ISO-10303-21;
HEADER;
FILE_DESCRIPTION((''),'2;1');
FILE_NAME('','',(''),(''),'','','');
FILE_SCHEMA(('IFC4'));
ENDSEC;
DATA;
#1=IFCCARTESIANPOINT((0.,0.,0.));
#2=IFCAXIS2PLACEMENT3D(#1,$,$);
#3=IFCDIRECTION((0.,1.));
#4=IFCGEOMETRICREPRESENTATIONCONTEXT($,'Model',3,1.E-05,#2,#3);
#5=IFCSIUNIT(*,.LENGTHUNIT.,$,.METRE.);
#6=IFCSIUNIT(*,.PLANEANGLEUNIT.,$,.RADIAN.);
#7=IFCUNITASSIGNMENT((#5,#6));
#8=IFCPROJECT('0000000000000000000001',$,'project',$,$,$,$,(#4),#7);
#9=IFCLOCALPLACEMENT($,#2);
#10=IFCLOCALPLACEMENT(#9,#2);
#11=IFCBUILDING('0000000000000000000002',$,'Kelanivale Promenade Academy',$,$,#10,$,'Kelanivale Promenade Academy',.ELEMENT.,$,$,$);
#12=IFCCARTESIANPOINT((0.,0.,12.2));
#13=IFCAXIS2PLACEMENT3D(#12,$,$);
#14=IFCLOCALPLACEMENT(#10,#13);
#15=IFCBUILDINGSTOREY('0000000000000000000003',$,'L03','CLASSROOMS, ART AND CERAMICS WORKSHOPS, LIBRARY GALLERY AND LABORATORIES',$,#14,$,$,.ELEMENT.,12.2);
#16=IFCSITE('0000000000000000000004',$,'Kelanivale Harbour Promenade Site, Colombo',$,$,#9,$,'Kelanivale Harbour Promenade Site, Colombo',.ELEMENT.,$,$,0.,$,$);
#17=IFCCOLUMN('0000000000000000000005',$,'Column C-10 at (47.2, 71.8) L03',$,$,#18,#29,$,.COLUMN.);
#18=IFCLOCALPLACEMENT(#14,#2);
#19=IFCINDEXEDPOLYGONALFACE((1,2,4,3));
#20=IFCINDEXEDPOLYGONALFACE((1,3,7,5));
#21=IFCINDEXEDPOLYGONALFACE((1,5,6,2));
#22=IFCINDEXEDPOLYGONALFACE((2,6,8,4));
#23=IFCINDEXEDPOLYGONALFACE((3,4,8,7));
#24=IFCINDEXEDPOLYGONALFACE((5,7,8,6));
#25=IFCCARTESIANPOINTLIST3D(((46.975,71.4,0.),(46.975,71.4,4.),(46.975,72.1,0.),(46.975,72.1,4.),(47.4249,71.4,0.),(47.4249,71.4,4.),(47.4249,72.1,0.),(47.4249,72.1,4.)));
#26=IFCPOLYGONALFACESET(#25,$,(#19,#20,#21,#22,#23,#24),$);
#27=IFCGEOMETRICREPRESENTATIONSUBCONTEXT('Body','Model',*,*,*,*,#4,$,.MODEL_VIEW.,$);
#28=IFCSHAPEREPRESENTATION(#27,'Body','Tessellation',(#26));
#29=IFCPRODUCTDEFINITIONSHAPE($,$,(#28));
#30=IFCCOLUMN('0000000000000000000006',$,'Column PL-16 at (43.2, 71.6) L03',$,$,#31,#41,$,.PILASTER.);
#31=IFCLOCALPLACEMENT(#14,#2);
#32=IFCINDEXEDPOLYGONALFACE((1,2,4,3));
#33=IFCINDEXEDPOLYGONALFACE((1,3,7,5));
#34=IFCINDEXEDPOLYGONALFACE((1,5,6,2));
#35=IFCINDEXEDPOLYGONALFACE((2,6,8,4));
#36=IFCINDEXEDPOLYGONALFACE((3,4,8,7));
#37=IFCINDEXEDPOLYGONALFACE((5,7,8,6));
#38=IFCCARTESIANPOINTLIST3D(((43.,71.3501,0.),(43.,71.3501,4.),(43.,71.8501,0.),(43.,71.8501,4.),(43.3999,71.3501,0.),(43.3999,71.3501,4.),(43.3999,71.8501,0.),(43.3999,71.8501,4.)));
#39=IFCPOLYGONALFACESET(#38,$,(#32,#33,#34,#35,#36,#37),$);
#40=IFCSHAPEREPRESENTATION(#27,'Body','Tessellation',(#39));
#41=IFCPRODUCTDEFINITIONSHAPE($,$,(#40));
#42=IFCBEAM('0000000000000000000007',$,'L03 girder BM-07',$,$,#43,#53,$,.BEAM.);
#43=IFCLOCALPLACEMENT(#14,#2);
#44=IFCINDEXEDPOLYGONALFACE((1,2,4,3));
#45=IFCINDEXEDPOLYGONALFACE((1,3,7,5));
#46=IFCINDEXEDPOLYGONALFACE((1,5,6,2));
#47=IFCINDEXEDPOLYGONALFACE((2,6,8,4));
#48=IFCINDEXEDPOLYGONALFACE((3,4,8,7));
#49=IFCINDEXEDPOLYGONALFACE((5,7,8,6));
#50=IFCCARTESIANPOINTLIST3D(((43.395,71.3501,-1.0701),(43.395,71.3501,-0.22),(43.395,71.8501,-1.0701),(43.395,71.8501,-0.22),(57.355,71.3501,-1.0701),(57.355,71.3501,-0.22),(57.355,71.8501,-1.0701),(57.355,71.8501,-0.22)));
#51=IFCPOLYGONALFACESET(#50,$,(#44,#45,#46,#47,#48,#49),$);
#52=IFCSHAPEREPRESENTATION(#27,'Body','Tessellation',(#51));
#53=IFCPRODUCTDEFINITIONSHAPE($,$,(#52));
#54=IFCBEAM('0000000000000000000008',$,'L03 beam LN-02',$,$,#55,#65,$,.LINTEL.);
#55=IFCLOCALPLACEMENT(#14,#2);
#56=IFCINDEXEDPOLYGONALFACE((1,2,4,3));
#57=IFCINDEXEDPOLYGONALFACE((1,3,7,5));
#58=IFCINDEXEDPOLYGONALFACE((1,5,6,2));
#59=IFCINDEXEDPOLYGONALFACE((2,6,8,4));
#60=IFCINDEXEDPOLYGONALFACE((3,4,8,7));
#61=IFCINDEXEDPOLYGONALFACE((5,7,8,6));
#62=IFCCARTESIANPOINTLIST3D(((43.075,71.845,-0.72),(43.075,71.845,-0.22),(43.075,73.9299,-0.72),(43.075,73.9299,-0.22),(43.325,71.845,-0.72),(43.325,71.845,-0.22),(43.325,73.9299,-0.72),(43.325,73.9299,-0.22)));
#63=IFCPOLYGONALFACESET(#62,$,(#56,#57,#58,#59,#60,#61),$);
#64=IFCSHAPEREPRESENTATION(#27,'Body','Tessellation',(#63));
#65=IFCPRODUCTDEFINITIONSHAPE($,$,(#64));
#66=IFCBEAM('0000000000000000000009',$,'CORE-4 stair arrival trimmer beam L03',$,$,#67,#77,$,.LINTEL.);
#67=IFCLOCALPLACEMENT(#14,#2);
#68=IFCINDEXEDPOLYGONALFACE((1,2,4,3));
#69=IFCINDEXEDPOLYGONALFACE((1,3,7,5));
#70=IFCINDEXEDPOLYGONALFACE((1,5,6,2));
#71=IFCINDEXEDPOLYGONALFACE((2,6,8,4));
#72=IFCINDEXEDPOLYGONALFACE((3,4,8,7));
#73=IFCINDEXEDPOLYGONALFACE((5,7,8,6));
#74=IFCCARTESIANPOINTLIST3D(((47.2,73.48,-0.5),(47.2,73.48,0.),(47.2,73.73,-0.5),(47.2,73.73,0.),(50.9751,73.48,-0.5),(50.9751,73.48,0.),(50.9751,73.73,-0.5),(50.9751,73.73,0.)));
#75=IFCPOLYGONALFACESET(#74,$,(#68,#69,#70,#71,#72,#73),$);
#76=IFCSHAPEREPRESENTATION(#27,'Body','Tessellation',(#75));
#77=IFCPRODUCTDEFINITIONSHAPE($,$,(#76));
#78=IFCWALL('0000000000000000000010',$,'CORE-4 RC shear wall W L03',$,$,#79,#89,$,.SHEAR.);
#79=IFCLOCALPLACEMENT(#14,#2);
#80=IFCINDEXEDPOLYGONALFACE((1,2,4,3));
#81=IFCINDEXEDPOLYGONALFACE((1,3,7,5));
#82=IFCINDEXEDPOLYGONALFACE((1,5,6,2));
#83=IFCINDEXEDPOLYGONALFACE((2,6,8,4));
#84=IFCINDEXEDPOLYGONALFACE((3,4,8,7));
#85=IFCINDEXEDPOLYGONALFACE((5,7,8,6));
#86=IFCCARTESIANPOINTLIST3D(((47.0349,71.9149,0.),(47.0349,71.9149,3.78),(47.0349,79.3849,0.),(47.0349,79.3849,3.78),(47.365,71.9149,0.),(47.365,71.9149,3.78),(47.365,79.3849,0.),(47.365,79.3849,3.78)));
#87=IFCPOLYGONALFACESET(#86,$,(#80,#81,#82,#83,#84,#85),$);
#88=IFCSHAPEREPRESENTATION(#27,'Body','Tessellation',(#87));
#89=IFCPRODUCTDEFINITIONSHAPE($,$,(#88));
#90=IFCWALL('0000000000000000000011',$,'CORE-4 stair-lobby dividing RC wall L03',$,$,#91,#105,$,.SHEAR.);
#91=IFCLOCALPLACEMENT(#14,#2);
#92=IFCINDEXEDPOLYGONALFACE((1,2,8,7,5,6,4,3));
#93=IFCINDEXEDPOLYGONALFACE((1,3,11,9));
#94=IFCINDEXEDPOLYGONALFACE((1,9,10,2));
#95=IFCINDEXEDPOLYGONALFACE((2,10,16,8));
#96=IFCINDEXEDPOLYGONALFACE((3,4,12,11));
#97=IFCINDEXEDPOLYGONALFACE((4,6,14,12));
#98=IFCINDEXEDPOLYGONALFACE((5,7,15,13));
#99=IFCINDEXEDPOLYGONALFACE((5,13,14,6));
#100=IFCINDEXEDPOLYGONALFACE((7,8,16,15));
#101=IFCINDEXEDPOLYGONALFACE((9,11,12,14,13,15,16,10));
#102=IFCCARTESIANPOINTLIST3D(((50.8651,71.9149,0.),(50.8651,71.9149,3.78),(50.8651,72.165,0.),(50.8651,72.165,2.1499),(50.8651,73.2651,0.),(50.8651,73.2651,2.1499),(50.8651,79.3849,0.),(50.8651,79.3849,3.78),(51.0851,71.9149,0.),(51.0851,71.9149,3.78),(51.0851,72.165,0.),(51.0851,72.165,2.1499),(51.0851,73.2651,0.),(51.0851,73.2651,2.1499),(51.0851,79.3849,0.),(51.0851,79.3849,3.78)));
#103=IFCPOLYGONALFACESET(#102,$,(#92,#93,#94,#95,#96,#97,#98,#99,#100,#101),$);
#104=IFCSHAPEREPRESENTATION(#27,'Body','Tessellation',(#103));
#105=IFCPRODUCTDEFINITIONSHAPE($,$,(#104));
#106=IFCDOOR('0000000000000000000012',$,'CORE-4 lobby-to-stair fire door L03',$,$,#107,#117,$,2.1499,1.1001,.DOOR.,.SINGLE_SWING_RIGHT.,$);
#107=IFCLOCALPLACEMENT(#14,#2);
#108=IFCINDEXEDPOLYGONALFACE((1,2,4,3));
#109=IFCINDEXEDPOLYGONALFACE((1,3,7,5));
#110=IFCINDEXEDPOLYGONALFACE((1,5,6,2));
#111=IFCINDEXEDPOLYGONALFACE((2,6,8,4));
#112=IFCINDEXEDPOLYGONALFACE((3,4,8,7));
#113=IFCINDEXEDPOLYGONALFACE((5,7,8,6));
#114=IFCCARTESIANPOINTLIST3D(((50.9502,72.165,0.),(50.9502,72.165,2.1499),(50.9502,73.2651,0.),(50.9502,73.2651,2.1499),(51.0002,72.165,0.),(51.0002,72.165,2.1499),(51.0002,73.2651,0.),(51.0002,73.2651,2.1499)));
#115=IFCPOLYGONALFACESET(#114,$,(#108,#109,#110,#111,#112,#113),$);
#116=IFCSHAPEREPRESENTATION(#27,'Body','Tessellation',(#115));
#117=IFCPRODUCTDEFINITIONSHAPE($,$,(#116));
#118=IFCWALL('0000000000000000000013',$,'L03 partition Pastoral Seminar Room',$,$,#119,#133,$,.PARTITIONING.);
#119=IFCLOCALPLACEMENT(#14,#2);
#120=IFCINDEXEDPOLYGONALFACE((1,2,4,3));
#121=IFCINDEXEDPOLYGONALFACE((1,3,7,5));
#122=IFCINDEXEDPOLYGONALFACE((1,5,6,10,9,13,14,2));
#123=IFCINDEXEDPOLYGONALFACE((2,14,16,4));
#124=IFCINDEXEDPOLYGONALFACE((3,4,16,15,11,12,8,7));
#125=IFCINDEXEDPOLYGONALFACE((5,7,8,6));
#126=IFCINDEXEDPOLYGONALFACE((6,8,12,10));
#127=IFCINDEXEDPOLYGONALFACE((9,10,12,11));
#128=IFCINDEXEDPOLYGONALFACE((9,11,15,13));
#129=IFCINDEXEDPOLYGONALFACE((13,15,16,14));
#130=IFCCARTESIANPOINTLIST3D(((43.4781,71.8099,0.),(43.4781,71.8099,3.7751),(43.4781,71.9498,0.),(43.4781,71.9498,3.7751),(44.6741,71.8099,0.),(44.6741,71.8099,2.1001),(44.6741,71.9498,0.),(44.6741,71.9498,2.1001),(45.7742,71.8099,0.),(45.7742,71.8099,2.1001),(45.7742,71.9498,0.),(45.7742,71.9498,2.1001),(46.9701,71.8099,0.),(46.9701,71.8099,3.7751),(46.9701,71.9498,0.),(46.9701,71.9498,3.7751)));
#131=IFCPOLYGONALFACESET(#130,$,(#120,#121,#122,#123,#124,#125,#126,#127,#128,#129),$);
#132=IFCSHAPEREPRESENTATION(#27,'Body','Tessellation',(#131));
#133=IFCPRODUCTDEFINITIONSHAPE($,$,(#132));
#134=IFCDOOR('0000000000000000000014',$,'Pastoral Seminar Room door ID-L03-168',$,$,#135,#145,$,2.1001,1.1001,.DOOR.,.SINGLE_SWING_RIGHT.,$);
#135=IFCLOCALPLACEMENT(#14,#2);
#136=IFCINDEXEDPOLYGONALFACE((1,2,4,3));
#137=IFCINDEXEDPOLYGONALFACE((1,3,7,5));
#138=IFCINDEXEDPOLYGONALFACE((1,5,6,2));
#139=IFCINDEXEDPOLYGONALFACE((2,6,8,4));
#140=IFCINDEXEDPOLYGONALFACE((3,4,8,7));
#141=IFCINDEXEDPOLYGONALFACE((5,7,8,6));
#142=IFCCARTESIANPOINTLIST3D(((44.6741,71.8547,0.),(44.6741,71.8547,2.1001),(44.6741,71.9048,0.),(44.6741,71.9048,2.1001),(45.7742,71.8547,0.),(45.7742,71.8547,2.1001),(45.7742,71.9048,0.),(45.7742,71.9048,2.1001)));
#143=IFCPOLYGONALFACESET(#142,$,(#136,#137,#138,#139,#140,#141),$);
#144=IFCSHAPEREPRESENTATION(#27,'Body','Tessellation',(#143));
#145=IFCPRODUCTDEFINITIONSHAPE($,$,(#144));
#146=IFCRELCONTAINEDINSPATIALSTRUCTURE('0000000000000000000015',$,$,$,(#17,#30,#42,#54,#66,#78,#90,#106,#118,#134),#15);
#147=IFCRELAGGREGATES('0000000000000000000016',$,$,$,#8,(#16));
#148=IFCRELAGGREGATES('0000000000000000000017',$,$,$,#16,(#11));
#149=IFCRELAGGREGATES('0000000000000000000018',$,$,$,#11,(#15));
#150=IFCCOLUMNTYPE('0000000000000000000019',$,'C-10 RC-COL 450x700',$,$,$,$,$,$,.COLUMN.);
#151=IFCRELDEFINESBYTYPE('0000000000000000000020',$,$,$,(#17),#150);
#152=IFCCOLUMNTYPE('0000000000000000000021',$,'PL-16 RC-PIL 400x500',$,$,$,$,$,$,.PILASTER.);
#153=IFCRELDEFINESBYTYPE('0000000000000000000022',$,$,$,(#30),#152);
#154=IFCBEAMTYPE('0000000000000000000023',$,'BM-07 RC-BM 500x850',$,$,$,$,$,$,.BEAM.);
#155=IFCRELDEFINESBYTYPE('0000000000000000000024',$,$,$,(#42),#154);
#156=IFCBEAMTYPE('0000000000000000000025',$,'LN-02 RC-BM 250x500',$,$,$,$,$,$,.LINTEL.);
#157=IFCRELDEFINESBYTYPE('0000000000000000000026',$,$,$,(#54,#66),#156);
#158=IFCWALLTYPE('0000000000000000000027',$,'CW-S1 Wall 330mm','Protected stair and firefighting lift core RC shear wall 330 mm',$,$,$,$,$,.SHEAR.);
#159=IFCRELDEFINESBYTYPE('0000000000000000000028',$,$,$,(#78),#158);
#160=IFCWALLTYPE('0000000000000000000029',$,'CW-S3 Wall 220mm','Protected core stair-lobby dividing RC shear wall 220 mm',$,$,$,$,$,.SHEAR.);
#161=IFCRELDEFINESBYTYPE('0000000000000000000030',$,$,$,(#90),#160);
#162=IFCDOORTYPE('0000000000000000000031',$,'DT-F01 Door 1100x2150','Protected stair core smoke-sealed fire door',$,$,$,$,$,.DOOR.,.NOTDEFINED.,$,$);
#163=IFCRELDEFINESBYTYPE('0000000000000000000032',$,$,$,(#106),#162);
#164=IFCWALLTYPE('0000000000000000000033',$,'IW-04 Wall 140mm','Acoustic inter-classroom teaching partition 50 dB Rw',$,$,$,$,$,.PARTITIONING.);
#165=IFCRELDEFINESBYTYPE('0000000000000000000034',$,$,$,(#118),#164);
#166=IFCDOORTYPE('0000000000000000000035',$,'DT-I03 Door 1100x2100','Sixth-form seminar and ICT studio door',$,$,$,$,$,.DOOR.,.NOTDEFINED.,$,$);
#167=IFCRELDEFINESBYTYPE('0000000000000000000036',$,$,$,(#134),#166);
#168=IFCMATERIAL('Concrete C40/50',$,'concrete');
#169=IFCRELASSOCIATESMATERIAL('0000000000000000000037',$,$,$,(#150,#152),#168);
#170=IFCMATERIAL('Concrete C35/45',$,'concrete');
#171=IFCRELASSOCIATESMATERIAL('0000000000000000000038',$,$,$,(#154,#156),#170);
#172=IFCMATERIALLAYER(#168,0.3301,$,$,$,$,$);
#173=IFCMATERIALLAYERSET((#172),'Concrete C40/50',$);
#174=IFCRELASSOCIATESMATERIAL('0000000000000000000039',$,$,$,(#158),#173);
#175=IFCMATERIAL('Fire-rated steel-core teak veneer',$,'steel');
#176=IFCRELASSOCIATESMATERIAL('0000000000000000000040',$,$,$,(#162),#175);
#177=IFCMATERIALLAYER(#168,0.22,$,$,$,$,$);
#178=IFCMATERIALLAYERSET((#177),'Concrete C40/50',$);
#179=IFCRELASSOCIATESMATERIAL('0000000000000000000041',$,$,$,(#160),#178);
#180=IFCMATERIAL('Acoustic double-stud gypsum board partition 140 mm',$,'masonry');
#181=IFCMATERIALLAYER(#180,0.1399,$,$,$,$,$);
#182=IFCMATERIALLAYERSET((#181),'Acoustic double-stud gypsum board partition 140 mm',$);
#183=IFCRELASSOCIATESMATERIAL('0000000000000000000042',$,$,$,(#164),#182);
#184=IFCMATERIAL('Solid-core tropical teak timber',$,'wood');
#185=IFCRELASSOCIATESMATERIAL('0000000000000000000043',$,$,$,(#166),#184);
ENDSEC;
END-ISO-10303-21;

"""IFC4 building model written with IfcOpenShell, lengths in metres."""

from ifc_helpers import new_model, si_unit, direction, frame, frame_2d, origin, origin_2d, place, context, subcontext, project, spatial, rectangle, extrude, material, layer, layer_set, material_profile, profile_set, type_object, element, fill, save


model = new_model("IFC4")

# Units and contexts
model_context = context("Model", 3, precision=1e-05, world=origin(), true_north=direction((0.0, 1.0)))
body_context = subcontext(model_context, "Body", "Model", "MODEL_VIEW")
ifc_project = project(units=[si_unit("LENGTHUNIT", "METRE"), si_unit("PLANEANGLEUNIT", "RADIAN")], contexts=[model_context])

# Site, building, storey
site_placement = place(None, origin())
site = spatial("IfcSite", under=ifc_project, at=site_placement, Name="Kelanivale Harbour Promenade Site, Colombo", LongName="Kelanivale Harbour Promenade Site, Colombo", CompositionType="ELEMENT", RefElevation=0.0)
building_placement = place(site_placement, origin())
building = spatial("IfcBuilding", under=site, at=building_placement, Name="Kelanivale Promenade Academy", LongName="Kelanivale Promenade Academy", CompositionType="ELEMENT")
storey_placement = place(building_placement, frame((0.0, 0.0, 12.2)))
storey = spatial("IfcBuildingStorey", under=building, at=storey_placement, Name="L03", Description="CLASSROOMS, ART AND CERAMICS WORKSHOPS, LIBRARY GALLERY AND LABORATORIES", CompositionType="ELEMENT", Elevation=12.2)

# Columns
ifc_material_1 = material(Name="Concrete C40/50", Category="concrete")
ifc_material_profile_1 = material_profile(ifc_material_1, rectangle(XDim=0.45, YDim=0.7, at=origin_2d()), Name="RC-COL 450x700")
ifc_profile_set_1 = profile_set([ifc_material_profile_1], Name="Concrete C40/50")
column_type_1 = type_object("IfcColumnType", Name="C-10 RC-COL 450x700", PredefinedType="COLUMN", material=ifc_profile_set_1)
column_1_placement = place(storey_placement, frame((47.2, 71.75, 0.0), z_axis=(0.0, 0.0, 1.0), x_axis=(1.0, 0.0, 0.0)))
element("IfcColumn", 1, at=column_1_placement, inside=storey, type_object=column_type_1, Name="Column C-10 at (47.2, 71.8) L03", PredefinedType="COLUMN", context=body_context, shape_type="SweptSolid", body=[
    extrude(rectangle(XDim=0.45, YDim=0.7, at=origin_2d()), origin(), (0.0, 0.0, 1.0), 4.0),
])
ifc_material_profile_2 = material_profile(ifc_material_1, rectangle(XDim=0.3999, YDim=0.5, at=origin_2d()), Name="RC-PIL 400x500")
ifc_profile_set_2 = profile_set([ifc_material_profile_2], Name="Concrete C40/50")
column_type_2 = type_object("IfcColumnType", Name="PL-16 RC-PIL 400x500", PredefinedType="PILASTER", material=ifc_profile_set_2)
column_2_placement = place(storey_placement, frame((43.2, 71.6001, 0.0), z_axis=(0.0, 0.0, 1.0), x_axis=(1.0, 0.0, 0.0)))
element("IfcColumn", 2, at=column_2_placement, inside=storey, type_object=column_type_2, Name="Column PL-16 at (43.2, 71.6) L03", PredefinedType="PILASTER", context=body_context, shape_type="SweptSolid", body=[
    extrude(rectangle(XDim=0.3999, YDim=0.5, at=origin_2d()), origin(), (0.0, 0.0, 1.0), 4.0),
])

# Beams
ifc_material_2 = material(Name="Concrete C35/45", Category="concrete")
ifc_material_profile_3 = material_profile(ifc_material_2, rectangle(XDim=0.5, YDim=0.8501, at=origin_2d()), Name="RC-BM 500x850")
ifc_profile_set_3 = profile_set([ifc_material_profile_3], Name="Concrete C35/45")
beam_type_1 = type_object("IfcBeamType", Name="BM-07 RC-BM 500x850", PredefinedType="BEAM", material=ifc_profile_set_3)
beam_1_placement = place(storey_placement, frame((43.395, 71.6001, -0.645), z_axis=(1.0, 0.0, 0.0), x_axis=(0.0, 1.0, 0.0)))
element("IfcBeam", 3, at=beam_1_placement, inside=storey, type_object=beam_type_1, Name="L03 girder BM-07", PredefinedType="BEAM", context=body_context, shape_type="SweptSolid", body=[
    extrude(rectangle(XDim=0.5, YDim=0.8501, at=origin_2d()), origin(), (0.0, 0.0, 1.0), 13.96),
])
ifc_material_profile_4 = material_profile(ifc_material_2, rectangle(XDim=0.25, YDim=0.5, at=origin_2d()), Name="RC-BM 250x500")
ifc_profile_set_4 = profile_set([ifc_material_profile_4], Name="Concrete C35/45")
beam_type_2 = type_object("IfcBeamType", Name="LN-02 RC-BM 250x500", PredefinedType="LINTEL", material=ifc_profile_set_4)
beam_2_placement = place(storey_placement, frame((43.2, 71.845, -0.47), z_axis=(0.0, 1.0, 0.0), x_axis=(-1.0, 0.0, 0.0)))
element("IfcBeam", 4, at=beam_2_placement, inside=storey, type_object=beam_type_2, Name="L03 beam LN-02", PredefinedType="LINTEL", context=body_context, shape_type="SweptSolid", body=[
    extrude(rectangle(XDim=0.25, YDim=0.5, at=origin_2d()), origin(), (0.0, 0.0, 1.0), 2.085),
])
beam_3_placement = place(storey_placement, frame((47.2, 73.605, -0.25), z_axis=(1.0, 0.0, 0.0), x_axis=(0.0, 1.0, 0.0)))
element("IfcBeam", 5, at=beam_3_placement, inside=storey, type_object=beam_type_2, Name="CORE-4 stair arrival trimmer beam L03", PredefinedType="LINTEL", context=body_context, shape_type="SweptSolid", body=[
    extrude(rectangle(XDim=0.25, YDim=0.5, at=origin_2d()), origin(), (0.0, 0.0, 1.0), 3.7751),
])

# Shared definitions
ifc_layer_1 = layer(ifc_material_1, 0.3301)
ifc_layer_set_1 = layer_set([ifc_layer_1], Name="Concrete C40/50")
wall_type_1 = type_object("IfcWallType", Name="CW-S1 Wall 330mm", Description="Protected stair and firefighting lift core RC shear wall 330 mm", PredefinedType="SHEAR", material=ifc_layer_set_1)
ifc_material_3 = material(Name="Fire-rated steel-core teak veneer", Category="steel")
door_type_1 = type_object("IfcDoorType", Name="DT-F01 Door 1100x2150", Description="Protected stair core smoke-sealed fire door", OperationType="NOTDEFINED", PredefinedType="DOOR", material=ifc_material_3)

# Wall
wall_1_placement = place(storey_placement, frame((47.2, 71.915, 0.0), z_axis=(0.0, 0.0, 1.0), x_axis=(0.0, 1.0, 0.0)))
element("IfcWall", 6, at=wall_1_placement, inside=storey, type_object=wall_type_1, Name="CORE-4 RC shear wall W L03", PredefinedType="SHEAR", context=body_context, shape_type="SweptSolid", body=[
    extrude(rectangle(XDim=7.47, YDim=0.3301, at=frame_2d((3.7349, 0.0))), origin(), (0.0, 0.0, 1.0), 3.78),
])

# Walls, openings, doors
ifc_layer_2 = layer(ifc_material_1, 0.22)
ifc_layer_set_2 = layer_set([ifc_layer_2], Name="Concrete C40/50")
wall_type_2 = type_object("IfcWallType", Name="CW-S3 Wall 220mm", Description="Protected core stair-lobby dividing RC shear wall 220 mm", PredefinedType="SHEAR", material=ifc_layer_set_2)
wall_2_placement = place(storey_placement, frame((50.9751, 71.915, 0.0), z_axis=(0.0, 0.0, 1.0), x_axis=(0.0, 1.0, 0.0)))
wall_2 = element("IfcWall", 7, at=wall_2_placement, inside=storey, type_object=wall_type_2, Name="CORE-4 stair-lobby dividing RC wall L03", PredefinedType="SHEAR", context=body_context, shape_type="SweptSolid", body=[
    extrude(rectangle(XDim=7.47, YDim=0.22, at=frame_2d((3.7349, 0.0))), origin(), (0.0, 0.0, 1.0), 3.78),
])
opening_1_placement = place(wall_2_placement, frame((0.25, 0.0, 0.0)))
opening_1 = element("IfcOpeningElement", 8, at=opening_1_placement, cuts=wall_2, PredefinedType="OPENING", context=body_context, shape_type="SweptSolid", body=[
    extrude(rectangle(XDim=1.1001, YDim=2.1499, at=frame_2d((0.55, 1.075))), frame((0.0, 0.1201, 0.0), z_axis=(0.0, -1.0, 0.0), x_axis=(1.0, 0.0, 0.0)), (0.0, 0.0, 1.0), 0.24),
])
door_1_placement = place(opening_1_placement, origin())
door_1 = element("IfcDoor", 9, at=door_1_placement, inside=storey, type_object=door_type_1, Name="CORE-4 lobby-to-stair fire door L03", OperationType="SINGLE_SWING_RIGHT", OverallHeight=2.1499, OverallWidth=1.1001, PredefinedType="DOOR", context=body_context, shape_type="SweptSolid", body=[
    extrude(rectangle(XDim=1.1001, YDim=2.1499, at=frame_2d((0.55, 1.075))), frame((0.0, 0.0249, 0.0), z_axis=(0.0, -1.0, 0.0), x_axis=(1.0, 0.0, 0.0)), (0.0, 0.0, 1.0), 0.05),
])
fill(opening_1, door_1)
ifc_material_4 = material(Name="Acoustic double-stud gypsum board partition 140 mm", Category="masonry")
ifc_layer_3 = layer(ifc_material_4, 0.1399)
ifc_layer_set_3 = layer_set([ifc_layer_3], Name="Acoustic double-stud gypsum board partition 140 mm")
wall_type_3 = type_object("IfcWallType", Name="IW-04 Wall 140mm", Description="Acoustic inter-classroom teaching partition 50 dB Rw", PredefinedType="PARTITIONING", material=ifc_layer_set_3)
wall_3_placement = place(storey_placement, frame((43.478, 71.8799, 0.0), z_axis=(0.0, 0.0, 1.0), x_axis=(1.0, 0.0, 0.0)))
wall_3 = element("IfcWall", 10, at=wall_3_placement, inside=storey, type_object=wall_type_3, Name="L03 partition Pastoral Seminar Room", PredefinedType="PARTITIONING", context=body_context, shape_type="SweptSolid", body=[
    extrude(rectangle(XDim=3.4919, YDim=0.1399, at=frame_2d((1.7461, 0.0))), origin(), (0.0, 0.0, 1.0), 3.7751),
])
opening_2_placement = place(wall_3_placement, frame((1.196, 0.0, 0.0)))
opening_2 = element("IfcOpeningElement", 11, at=opening_2_placement, cuts=wall_3, PredefinedType="OPENING", context=body_context, shape_type="SweptSolid", body=[
    extrude(rectangle(XDim=1.1001, YDim=2.1001, at=frame_2d((0.55, 1.05))), frame((0.0, 0.0801, 0.0), z_axis=(0.0, -1.0, 0.0), x_axis=(1.0, 0.0, 0.0)), (0.0, 0.0, 1.0), 0.1599),
])
ifc_material_5 = material(Name="Solid-core tropical teak timber", Category="wood")
door_type_2 = type_object("IfcDoorType", Name="DT-I03 Door 1100x2100", Description="Sixth-form seminar and ICT studio door", OperationType="NOTDEFINED", PredefinedType="DOOR", material=ifc_material_5)
door_2_placement = place(opening_2_placement, origin())
door_2 = element("IfcDoor", 12, at=door_2_placement, inside=storey, type_object=door_type_2, Name="Pastoral Seminar Room door ID-L03-168", OperationType="SINGLE_SWING_RIGHT", OverallHeight=2.1001, OverallWidth=1.1001, PredefinedType="DOOR", context=body_context, shape_type="SweptSolid", body=[
    extrude(rectangle(XDim=1.1001, YDim=2.1001, at=frame_2d((0.55, 1.05))), frame((0.0, 0.0249, 0.0), z_axis=(0.0, -1.0, 0.0), x_axis=(1.0, 0.0, 0.0)), (0.0, 0.0, 1.0), 0.05),
])
fill(opening_2, door_2)

save(model, "model.ifc")
